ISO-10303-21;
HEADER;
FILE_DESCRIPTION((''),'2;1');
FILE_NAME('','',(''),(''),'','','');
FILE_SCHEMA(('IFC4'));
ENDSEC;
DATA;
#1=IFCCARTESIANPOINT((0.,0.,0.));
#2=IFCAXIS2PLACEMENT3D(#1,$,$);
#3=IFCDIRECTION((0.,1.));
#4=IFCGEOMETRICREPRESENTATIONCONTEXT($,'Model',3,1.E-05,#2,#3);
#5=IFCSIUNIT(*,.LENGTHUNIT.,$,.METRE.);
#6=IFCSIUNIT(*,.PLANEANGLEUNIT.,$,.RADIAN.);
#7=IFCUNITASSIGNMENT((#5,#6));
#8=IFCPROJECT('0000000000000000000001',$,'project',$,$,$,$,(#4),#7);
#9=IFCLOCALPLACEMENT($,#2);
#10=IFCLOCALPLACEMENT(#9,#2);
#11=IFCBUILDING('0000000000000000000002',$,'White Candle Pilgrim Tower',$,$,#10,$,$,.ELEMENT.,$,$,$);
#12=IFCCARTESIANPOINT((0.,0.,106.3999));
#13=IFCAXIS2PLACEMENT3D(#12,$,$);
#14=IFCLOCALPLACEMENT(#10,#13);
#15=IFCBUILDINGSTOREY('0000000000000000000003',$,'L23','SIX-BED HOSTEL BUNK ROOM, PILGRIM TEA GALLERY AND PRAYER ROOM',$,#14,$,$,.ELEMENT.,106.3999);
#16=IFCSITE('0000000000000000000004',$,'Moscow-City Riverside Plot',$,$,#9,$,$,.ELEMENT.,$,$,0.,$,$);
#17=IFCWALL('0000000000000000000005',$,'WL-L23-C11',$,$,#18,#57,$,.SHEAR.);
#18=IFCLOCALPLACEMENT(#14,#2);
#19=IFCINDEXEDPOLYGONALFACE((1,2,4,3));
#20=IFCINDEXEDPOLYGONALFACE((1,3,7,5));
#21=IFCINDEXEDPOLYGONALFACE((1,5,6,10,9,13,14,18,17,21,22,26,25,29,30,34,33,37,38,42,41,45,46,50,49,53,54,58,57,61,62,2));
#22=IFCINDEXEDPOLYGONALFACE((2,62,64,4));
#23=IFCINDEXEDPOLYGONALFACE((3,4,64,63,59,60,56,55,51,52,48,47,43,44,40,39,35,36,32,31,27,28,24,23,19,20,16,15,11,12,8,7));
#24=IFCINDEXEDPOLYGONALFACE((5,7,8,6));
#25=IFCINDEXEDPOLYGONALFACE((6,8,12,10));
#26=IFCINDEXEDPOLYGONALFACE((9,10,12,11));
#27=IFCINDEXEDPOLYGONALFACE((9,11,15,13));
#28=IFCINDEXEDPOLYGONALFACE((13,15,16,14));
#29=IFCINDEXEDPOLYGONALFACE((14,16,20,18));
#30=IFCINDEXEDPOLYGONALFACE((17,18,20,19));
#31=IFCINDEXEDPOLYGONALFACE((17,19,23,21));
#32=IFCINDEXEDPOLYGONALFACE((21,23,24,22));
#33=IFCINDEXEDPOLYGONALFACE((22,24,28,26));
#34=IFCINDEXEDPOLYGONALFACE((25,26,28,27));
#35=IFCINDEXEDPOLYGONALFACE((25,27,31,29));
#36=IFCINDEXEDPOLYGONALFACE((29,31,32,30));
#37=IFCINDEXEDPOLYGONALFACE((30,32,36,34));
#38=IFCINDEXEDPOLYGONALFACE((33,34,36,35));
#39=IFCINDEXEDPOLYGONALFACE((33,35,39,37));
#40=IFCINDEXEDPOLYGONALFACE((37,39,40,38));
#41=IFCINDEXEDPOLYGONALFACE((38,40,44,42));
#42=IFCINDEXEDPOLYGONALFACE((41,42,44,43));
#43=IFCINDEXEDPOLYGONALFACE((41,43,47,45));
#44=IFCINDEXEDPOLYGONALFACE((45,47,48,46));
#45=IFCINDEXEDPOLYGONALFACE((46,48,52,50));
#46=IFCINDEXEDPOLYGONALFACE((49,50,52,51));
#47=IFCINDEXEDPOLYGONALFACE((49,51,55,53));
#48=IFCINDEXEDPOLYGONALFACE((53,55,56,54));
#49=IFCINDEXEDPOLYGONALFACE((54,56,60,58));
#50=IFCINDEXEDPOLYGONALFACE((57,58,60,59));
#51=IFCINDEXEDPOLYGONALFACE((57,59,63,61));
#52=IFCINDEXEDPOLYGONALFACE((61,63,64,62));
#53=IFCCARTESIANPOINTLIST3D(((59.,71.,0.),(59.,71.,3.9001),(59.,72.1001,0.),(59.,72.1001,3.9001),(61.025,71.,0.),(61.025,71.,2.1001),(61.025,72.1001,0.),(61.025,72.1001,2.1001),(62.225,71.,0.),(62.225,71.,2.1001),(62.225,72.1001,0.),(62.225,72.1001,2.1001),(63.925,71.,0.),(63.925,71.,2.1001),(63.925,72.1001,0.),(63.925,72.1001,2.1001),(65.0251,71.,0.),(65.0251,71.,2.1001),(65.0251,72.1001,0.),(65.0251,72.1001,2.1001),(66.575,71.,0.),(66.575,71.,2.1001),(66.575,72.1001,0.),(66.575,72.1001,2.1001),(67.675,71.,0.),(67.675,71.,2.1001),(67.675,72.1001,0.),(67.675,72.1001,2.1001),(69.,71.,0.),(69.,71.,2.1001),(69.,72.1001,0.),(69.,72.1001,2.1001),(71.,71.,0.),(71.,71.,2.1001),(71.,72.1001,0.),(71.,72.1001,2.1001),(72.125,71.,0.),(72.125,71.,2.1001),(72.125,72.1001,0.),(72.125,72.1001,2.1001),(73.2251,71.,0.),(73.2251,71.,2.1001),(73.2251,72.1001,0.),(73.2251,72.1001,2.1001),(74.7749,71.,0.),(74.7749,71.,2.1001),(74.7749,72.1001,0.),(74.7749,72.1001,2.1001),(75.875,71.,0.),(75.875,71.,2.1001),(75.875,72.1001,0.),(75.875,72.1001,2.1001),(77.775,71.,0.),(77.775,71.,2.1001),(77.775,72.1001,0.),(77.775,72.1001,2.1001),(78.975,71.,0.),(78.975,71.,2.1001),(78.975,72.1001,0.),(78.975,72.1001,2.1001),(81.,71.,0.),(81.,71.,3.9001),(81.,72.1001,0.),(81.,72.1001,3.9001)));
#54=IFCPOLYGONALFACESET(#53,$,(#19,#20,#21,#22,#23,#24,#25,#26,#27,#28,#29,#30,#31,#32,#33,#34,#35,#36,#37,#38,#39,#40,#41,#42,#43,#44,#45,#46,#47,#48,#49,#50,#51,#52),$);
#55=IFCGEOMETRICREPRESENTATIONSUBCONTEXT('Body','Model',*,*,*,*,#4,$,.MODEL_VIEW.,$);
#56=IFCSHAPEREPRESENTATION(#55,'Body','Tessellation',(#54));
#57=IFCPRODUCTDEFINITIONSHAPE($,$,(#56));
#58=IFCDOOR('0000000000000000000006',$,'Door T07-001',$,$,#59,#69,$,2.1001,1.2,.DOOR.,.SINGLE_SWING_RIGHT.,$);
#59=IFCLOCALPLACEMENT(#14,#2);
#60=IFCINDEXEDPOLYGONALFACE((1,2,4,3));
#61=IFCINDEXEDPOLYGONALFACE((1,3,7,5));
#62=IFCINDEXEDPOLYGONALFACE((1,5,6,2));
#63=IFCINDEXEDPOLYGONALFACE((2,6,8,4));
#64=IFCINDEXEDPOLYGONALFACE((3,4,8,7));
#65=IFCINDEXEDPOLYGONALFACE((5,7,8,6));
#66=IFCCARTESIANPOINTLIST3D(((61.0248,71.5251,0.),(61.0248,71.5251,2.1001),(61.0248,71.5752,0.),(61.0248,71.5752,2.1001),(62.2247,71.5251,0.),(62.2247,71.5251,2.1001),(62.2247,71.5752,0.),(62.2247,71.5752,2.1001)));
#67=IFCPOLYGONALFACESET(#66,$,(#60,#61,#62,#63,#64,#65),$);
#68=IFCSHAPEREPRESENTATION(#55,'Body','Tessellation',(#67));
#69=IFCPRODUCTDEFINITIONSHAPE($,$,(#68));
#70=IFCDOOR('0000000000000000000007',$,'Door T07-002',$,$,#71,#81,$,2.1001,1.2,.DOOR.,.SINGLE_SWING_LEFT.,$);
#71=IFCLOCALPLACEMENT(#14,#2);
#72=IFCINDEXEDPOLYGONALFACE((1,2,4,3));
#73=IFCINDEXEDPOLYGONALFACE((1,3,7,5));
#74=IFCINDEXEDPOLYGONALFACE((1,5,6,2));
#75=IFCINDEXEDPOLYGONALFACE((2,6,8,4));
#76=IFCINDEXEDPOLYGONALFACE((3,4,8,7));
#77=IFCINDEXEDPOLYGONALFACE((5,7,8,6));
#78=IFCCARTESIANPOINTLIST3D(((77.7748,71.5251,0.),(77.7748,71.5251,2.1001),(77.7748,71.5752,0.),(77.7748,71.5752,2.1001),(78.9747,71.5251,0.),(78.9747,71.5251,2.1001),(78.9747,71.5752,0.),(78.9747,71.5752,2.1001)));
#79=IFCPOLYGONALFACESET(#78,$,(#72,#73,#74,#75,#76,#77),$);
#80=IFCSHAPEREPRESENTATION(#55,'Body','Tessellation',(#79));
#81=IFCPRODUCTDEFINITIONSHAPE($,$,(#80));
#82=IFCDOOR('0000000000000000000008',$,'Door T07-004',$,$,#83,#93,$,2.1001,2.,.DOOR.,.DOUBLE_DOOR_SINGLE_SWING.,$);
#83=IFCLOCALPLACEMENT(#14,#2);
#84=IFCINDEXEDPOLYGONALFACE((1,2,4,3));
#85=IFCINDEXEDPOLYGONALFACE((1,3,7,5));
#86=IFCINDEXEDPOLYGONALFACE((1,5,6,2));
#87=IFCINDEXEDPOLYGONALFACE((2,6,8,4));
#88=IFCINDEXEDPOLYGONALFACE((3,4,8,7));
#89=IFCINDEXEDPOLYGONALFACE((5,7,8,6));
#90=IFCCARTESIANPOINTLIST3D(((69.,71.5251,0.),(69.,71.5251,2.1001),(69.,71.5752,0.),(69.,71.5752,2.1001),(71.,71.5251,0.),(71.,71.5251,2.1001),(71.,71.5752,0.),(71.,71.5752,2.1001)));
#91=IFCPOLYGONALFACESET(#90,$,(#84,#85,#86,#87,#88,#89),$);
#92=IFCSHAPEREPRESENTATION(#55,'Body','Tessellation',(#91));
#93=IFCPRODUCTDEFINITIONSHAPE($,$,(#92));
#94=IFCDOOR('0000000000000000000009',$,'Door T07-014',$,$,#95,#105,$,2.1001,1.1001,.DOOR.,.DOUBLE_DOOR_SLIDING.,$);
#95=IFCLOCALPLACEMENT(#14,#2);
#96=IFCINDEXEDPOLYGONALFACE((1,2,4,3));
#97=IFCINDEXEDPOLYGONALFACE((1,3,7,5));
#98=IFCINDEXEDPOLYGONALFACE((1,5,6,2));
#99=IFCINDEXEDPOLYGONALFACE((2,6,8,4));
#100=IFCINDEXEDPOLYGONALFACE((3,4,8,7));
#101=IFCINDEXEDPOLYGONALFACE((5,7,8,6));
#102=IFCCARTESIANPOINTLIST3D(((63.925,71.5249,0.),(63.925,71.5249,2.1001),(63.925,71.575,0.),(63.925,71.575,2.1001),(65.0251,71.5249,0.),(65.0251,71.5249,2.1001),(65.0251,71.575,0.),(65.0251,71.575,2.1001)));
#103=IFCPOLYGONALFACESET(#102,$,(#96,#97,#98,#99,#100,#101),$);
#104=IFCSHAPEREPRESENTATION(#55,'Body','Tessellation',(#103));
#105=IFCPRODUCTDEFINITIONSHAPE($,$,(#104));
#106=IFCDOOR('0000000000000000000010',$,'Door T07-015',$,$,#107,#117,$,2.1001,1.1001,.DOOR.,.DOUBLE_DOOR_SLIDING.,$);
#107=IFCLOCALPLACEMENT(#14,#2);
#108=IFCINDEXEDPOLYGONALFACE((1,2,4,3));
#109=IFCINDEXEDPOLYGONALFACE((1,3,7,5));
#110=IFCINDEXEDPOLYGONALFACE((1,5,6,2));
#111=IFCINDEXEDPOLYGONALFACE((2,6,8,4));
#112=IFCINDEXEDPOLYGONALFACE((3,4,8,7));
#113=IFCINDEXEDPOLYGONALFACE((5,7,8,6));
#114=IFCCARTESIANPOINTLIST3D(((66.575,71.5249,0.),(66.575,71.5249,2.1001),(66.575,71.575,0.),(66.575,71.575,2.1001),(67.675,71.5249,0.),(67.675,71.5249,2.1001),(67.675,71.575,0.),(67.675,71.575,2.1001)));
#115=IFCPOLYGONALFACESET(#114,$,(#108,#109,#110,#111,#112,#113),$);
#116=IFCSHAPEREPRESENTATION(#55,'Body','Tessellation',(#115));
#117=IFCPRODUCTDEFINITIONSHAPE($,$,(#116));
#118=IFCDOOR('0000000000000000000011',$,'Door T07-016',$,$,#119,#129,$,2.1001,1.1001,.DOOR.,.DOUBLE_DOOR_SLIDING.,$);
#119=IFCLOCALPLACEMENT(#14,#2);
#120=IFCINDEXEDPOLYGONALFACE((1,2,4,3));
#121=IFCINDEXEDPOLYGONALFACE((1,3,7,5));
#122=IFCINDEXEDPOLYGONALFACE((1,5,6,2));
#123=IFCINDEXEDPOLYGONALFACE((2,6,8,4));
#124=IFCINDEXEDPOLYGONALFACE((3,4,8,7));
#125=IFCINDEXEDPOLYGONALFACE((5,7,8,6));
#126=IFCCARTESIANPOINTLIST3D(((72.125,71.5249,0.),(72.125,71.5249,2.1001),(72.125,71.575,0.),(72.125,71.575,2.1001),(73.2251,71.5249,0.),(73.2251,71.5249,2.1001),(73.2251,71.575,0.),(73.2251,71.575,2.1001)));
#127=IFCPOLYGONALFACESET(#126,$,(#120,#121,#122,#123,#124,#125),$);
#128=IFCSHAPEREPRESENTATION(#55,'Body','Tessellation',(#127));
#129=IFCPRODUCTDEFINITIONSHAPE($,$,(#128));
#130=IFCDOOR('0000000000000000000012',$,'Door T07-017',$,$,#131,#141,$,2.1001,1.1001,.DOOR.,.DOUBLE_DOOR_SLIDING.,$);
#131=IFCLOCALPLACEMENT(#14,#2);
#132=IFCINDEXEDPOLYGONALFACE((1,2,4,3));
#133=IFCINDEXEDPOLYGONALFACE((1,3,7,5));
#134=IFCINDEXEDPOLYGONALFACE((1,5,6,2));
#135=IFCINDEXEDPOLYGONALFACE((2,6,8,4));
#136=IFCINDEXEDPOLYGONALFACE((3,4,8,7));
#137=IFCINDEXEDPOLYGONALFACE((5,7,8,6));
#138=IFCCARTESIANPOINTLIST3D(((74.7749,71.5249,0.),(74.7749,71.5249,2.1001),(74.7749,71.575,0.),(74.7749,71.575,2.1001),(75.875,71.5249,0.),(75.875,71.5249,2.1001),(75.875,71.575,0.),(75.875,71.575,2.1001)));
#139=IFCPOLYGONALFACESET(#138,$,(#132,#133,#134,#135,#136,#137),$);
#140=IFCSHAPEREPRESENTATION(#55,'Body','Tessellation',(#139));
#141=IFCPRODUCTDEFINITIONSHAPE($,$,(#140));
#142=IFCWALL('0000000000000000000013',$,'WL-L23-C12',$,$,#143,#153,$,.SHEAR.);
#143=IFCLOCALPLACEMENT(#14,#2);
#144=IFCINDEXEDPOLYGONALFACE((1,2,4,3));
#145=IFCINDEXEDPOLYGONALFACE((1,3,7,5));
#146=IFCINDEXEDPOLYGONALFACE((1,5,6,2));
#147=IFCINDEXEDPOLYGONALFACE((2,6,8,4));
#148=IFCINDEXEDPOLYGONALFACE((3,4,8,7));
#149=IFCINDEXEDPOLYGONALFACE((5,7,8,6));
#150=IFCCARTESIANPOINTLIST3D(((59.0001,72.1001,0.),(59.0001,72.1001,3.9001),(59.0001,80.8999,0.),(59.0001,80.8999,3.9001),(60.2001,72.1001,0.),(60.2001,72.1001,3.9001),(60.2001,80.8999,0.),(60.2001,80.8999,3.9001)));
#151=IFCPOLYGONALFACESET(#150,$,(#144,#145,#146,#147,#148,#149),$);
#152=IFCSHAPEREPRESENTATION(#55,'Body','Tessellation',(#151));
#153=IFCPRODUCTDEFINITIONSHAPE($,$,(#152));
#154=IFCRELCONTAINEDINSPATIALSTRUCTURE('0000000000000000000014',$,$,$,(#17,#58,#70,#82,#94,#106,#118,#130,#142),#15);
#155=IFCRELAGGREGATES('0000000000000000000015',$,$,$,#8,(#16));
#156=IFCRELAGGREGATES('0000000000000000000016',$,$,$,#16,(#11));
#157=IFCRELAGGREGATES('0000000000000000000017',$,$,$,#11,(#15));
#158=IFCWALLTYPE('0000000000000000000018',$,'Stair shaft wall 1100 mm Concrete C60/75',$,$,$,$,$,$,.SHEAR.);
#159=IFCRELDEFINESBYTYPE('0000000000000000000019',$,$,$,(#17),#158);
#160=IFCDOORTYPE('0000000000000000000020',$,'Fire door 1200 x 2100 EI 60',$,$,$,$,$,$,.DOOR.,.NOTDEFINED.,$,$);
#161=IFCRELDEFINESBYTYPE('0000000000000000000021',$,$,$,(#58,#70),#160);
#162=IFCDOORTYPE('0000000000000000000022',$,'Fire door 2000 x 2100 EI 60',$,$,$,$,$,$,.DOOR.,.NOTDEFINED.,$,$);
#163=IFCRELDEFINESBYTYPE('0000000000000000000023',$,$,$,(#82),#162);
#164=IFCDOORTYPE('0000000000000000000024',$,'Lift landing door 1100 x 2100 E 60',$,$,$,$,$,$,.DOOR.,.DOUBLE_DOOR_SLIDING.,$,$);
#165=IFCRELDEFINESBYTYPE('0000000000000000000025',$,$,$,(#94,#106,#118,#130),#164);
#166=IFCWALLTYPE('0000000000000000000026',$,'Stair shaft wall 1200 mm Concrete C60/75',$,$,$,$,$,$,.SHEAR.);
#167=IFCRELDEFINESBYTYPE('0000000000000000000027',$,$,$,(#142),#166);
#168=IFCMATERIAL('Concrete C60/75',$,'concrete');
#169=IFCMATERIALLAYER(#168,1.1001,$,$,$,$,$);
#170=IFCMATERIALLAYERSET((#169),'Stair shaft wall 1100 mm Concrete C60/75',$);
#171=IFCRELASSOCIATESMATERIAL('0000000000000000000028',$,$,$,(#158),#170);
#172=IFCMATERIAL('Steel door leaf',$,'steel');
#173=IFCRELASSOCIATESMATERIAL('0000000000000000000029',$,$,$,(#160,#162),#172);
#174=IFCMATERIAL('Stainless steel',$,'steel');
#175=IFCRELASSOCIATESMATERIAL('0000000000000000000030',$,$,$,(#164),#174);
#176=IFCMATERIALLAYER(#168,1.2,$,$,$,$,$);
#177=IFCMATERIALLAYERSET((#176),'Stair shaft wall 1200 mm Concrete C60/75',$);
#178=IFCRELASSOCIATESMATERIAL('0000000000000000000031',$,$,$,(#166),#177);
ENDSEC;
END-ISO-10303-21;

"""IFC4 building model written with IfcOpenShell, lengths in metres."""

from ifc_helpers import new_model, si_unit, direction, frame, frame_2d, origin, place, context, subcontext, project, spatial, rectangle, extrude, material, layer, layer_set, type_object, element, fill, save


model = new_model("IFC4")

# Units and contexts
model_context = context("Model", 3, precision=1e-05, world=origin(), true_north=direction((0.0, 1.0)))
body_context = subcontext(model_context, "Body", "Model", "MODEL_VIEW")
ifc_project = project(units=[si_unit("LENGTHUNIT", "METRE"), si_unit("PLANEANGLEUNIT", "RADIAN")], contexts=[model_context])

# Site, building, storey
site_placement = place(None, origin())
site = spatial("IfcSite", under=ifc_project, at=site_placement, Name="Moscow-City Riverside Plot", CompositionType="ELEMENT", RefElevation=0.0)
building_placement = place(site_placement, origin())
building = spatial("IfcBuilding", under=site, at=building_placement, Name="White Candle Pilgrim Tower", CompositionType="ELEMENT")
storey_placement = place(building_placement, frame((0.0, 0.0, 106.3999)))
storey = spatial("IfcBuildingStorey", under=building, at=storey_placement, Name="L23", Description="SIX-BED HOSTEL BUNK ROOM, PILGRIM TEA GALLERY AND PRAYER ROOM", CompositionType="ELEMENT", Elevation=106.3999)

# Shared definitions
ifc_material_1 = material(Name="Steel door leaf", Category="steel")

# Shared definitions
ifc_material_2 = material(Name="Concrete C60/75", Category="concrete")

# Wall, openings, doors
ifc_layer_1 = layer(ifc_material_2, 1.1001)
ifc_layer_set_1 = layer_set([ifc_layer_1], Name="Stair shaft wall 1100 mm Concrete C60/75")
wall_type_1 = type_object("IfcWallType", Name="Stair shaft wall 1100 mm Concrete C60/75", PredefinedType="SHEAR", material=ifc_layer_set_1)
wall_1_placement = place(storey_placement, frame((59.0, 71.55, 0.0), z_axis=(0.0, 0.0, 1.0), x_axis=(1.0, 0.0, 0.0)))
wall_1 = element("IfcWall", 1, at=wall_1_placement, inside=storey, type_object=wall_type_1, Name="WL-L23-C11", PredefinedType="SHEAR", context=body_context, shape_type="SweptSolid", body=[
    extrude(rectangle(XDim=22.0, YDim=1.1001, at=frame_2d((11.0, 0.0))), origin(), (0.0, 0.0, 1.0), 3.9001),
])
opening_1_placement = place(wall_1_placement, frame((2.0249, 0.0, 0.0)))
opening_1 = element("IfcOpeningElement", 2, at=opening_1_placement, cuts=wall_1, PredefinedType="OPENING", context=body_context, shape_type="SweptSolid", body=[
    extrude(rectangle(XDim=1.2, YDim=2.1001, at=frame_2d((0.6001, 1.05))), frame((0.0, 0.5601, 0.0), z_axis=(0.0, -1.0, 0.0), x_axis=(1.0, 0.0, 0.0)), (0.0, 0.0, 1.0), 1.1201),
])
opening_2_placement = place(wall_1_placement, frame((18.7749, 0.0, 0.0)))
opening_2 = element("IfcOpeningElement", 3, at=opening_2_placement, cuts=wall_1, PredefinedType="OPENING", context=body_context, shape_type="SweptSolid", body=[
    extrude(rectangle(XDim=1.2, YDim=2.1001, at=frame_2d((0.6001, 1.05))), frame((0.0, 0.5601, 0.0), z_axis=(0.0, -1.0, 0.0), x_axis=(1.0, 0.0, 0.0)), (0.0, 0.0, 1.0), 1.1201),
])
opening_3_placement = place(wall_1_placement, frame((10.0, 0.0, 0.0)))
opening_3 = element("IfcOpeningElement", 4, at=opening_3_placement, cuts=wall_1, PredefinedType="OPENING", context=body_context, shape_type="SweptSolid", body=[
    extrude(rectangle(XDim=2.0, YDim=2.1001, at=frame_2d((1.0, 1.05))), frame((0.0, 0.5601, 0.0), z_axis=(0.0, -1.0, 0.0), x_axis=(1.0, 0.0, 0.0)), (0.0, 0.0, 1.0), 1.1201),
])
opening_4_placement = place(wall_1_placement, frame((4.925, 0.0, 0.0)))
opening_4 = element("IfcOpeningElement", 5, at=opening_4_placement, cuts=wall_1, PredefinedType="OPENING", context=body_context, shape_type="SweptSolid", body=[
    extrude(rectangle(XDim=1.1001, YDim=2.1001, at=frame_2d((0.55, 1.05))), frame((0.0, 0.5601, 0.0), z_axis=(0.0, -1.0, 0.0), x_axis=(1.0, 0.0, 0.0)), (0.0, 0.0, 1.0), 1.1201),
])
opening_5_placement = place(wall_1_placement, frame((7.575, 0.0, 0.0)))
opening_5 = element("IfcOpeningElement", 6, at=opening_5_placement, cuts=wall_1, PredefinedType="OPENING", context=body_context, shape_type="SweptSolid", body=[
    extrude(rectangle(XDim=1.1001, YDim=2.1001, at=frame_2d((0.55, 1.05))), frame((0.0, 0.5601, 0.0), z_axis=(0.0, -1.0, 0.0), x_axis=(1.0, 0.0, 0.0)), (0.0, 0.0, 1.0), 1.1201),
])
opening_6_placement = place(wall_1_placement, frame((13.125, 0.0, 0.0)))
opening_6 = element("IfcOpeningElement", 7, at=opening_6_placement, cuts=wall_1, PredefinedType="OPENING", context=body_context, shape_type="SweptSolid", body=[
    extrude(rectangle(XDim=1.1001, YDim=2.1001, at=frame_2d((0.55, 1.05))), frame((0.0, 0.5601, 0.0), z_axis=(0.0, -1.0, 0.0), x_axis=(1.0, 0.0, 0.0)), (0.0, 0.0, 1.0), 1.1201),
])
opening_7_placement = place(wall_1_placement, frame((15.7749, 0.0, 0.0)))
opening_7 = element("IfcOpeningElement", 8, at=opening_7_placement, cuts=wall_1, PredefinedType="OPENING", context=body_context, shape_type="SweptSolid", body=[
    extrude(rectangle(XDim=1.1001, YDim=2.1001, at=frame_2d((0.55, 1.05))), frame((0.0, 0.5601, 0.0), z_axis=(0.0, -1.0, 0.0), x_axis=(1.0, 0.0, 0.0)), (0.0, 0.0, 1.0), 1.1201),
])
door_type_1 = type_object("IfcDoorType", Name="Fire door 1200 x 2100 EI 60", OperationType="NOTDEFINED", PredefinedType="DOOR", material=ifc_material_1)
door_1_placement = place(opening_1_placement, frame((1.2, 0.0, 0.0), z_axis=(0.0, 0.0, 1.0), x_axis=(-1.0, 0.0, 0.0)))
door_1 = element("IfcDoor", 9, at=door_1_placement, inside=storey, type_object=door_type_1, Name="Door T07-001", OperationType="SINGLE_SWING_RIGHT", OverallHeight=2.1001, OverallWidth=1.2, PredefinedType="DOOR", context=body_context, shape_type="SweptSolid", body=[
    extrude(rectangle(XDim=1.2, YDim=2.1001, at=frame_2d((0.6001, 1.05))), frame((0.0, 0.0249, 0.0), z_axis=(0.0, -1.0, 0.0), x_axis=(1.0, 0.0, 0.0)), (0.0, 0.0, 1.0), 0.05),
])
fill(opening_1, door_1)
door_2_placement = place(opening_2_placement, frame((1.2, 0.0, 0.0), z_axis=(0.0, 0.0, 1.0), x_axis=(-1.0, 0.0, 0.0)))
door_2 = element("IfcDoor", 10, at=door_2_placement, inside=storey, type_object=door_type_1, Name="Door T07-002", OperationType="SINGLE_SWING_LEFT", OverallHeight=2.1001, OverallWidth=1.2, PredefinedType="DOOR", context=body_context, shape_type="SweptSolid", body=[
    extrude(rectangle(XDim=1.2, YDim=2.1001, at=frame_2d((0.6001, 1.05))), frame((0.0, 0.0249, 0.0), z_axis=(0.0, -1.0, 0.0), x_axis=(1.0, 0.0, 0.0)), (0.0, 0.0, 1.0), 0.05),
])
fill(opening_2, door_2)
door_type_2 = type_object("IfcDoorType", Name="Fire door 2000 x 2100 EI 60", OperationType="NOTDEFINED", PredefinedType="DOOR", material=ifc_material_1)
door_3_placement = place(opening_3_placement, frame((2.0, 0.0, 0.0), z_axis=(0.0, 0.0, 1.0), x_axis=(-1.0, 0.0, 0.0)))
door_3 = element("IfcDoor", 11, at=door_3_placement, inside=storey, type_object=door_type_2, Name="Door T07-004", OperationType="DOUBLE_DOOR_SINGLE_SWING", OverallHeight=2.1001, OverallWidth=2.0, PredefinedType="DOOR", context=body_context, shape_type="SweptSolid", body=[
    extrude(rectangle(XDim=2.0, YDim=2.1001, at=frame_2d((1.0, 1.05))), frame((0.0, 0.0249, 0.0), z_axis=(0.0, -1.0, 0.0), x_axis=(1.0, 0.0, 0.0)), (0.0, 0.0, 1.0), 0.05),
])
fill(opening_3, door_3)
ifc_material_3 = material(Name="Stainless steel", Category="steel")
door_type_3 = type_object("IfcDoorType", Name="Lift landing door 1100 x 2100 E 60", OperationType="DOUBLE_DOOR_SLIDING", PredefinedType="DOOR", material=ifc_material_3)
door_4_placement = place(opening_4_placement, origin())
door_4 = element("IfcDoor", 12, at=door_4_placement, inside=storey, type_object=door_type_3, Name="Door T07-014", OperationType="DOUBLE_DOOR_SLIDING", OverallHeight=2.1001, OverallWidth=1.1001, PredefinedType="DOOR", context=body_context, shape_type="SweptSolid", body=[
    extrude(rectangle(XDim=1.1001, YDim=2.1001, at=frame_2d((0.55, 1.05))), frame((0.0, 0.0249, 0.0), z_axis=(0.0, -1.0, 0.0), x_axis=(1.0, 0.0, 0.0)), (0.0, 0.0, 1.0), 0.05),
])
fill(opening_4, door_4)
door_5_placement = place(opening_5_placement, origin())
door_5 = element("IfcDoor", 13, at=door_5_placement, inside=storey, type_object=door_type_3, Name="Door T07-015", OperationType="DOUBLE_DOOR_SLIDING", OverallHeight=2.1001, OverallWidth=1.1001, PredefinedType="DOOR", context=body_context, shape_type="SweptSolid", body=[
    extrude(rectangle(XDim=1.1001, YDim=2.1001, at=frame_2d((0.55, 1.05))), frame((0.0, 0.0249, 0.0), z_axis=(0.0, -1.0, 0.0), x_axis=(1.0, 0.0, 0.0)), (0.0, 0.0, 1.0), 0.05),
])
fill(opening_5, door_5)
door_6_placement = place(opening_6_placement, origin())
door_6 = element("IfcDoor", 14, at=door_6_placement, inside=storey, type_object=door_type_3, Name="Door T07-016", OperationType="DOUBLE_DOOR_SLIDING", OverallHeight=2.1001, OverallWidth=1.1001, PredefinedType="DOOR", context=body_context, shape_type="SweptSolid", body=[
    extrude(rectangle(XDim=1.1001, YDim=2.1001, at=frame_2d((0.55, 1.05))), frame((0.0, 0.0249, 0.0), z_axis=(0.0, -1.0, 0.0), x_axis=(1.0, 0.0, 0.0)), (0.0, 0.0, 1.0), 0.05),
])
fill(opening_6, door_6)
door_7_placement = place(opening_7_placement, origin())
door_7 = element("IfcDoor", 15, at=door_7_placement, inside=storey, type_object=door_type_3, Name="Door T07-017", OperationType="DOUBLE_DOOR_SLIDING", OverallHeight=2.1001, OverallWidth=1.1001, PredefinedType="DOOR", context=body_context, shape_type="SweptSolid", body=[
    extrude(rectangle(XDim=1.1001, YDim=2.1001, at=frame_2d((0.55, 1.05))), frame((0.0, 0.0249, 0.0), z_axis=(0.0, -1.0, 0.0), x_axis=(1.0, 0.0, 0.0)), (0.0, 0.0, 1.0), 0.05),
])
fill(opening_7, door_7)

# Wall
ifc_layer_2 = layer(ifc_material_2, 1.2)
ifc_layer_set_2 = layer_set([ifc_layer_2], Name="Stair shaft wall 1200 mm Concrete C60/75")
wall_type_2 = type_object("IfcWallType", Name="Stair shaft wall 1200 mm Concrete C60/75", PredefinedType="SHEAR", material=ifc_layer_set_2)
wall_2_placement = place(storey_placement, frame((59.6001, 72.1001, 0.0), z_axis=(0.0, 0.0, 1.0), x_axis=(0.0, 1.0, 0.0)))
element("IfcWall", 16, at=wall_2_placement, inside=storey, type_object=wall_type_2, Name="WL-L23-C12", PredefinedType="SHEAR", context=body_context, shape_type="SweptSolid", body=[
    extrude(rectangle(XDim=8.7998, YDim=1.2, at=frame_2d((4.3999, 0.0))), origin(), (0.0, 0.0, 1.0), 3.9001),
])

save(model, "model.ifc")
